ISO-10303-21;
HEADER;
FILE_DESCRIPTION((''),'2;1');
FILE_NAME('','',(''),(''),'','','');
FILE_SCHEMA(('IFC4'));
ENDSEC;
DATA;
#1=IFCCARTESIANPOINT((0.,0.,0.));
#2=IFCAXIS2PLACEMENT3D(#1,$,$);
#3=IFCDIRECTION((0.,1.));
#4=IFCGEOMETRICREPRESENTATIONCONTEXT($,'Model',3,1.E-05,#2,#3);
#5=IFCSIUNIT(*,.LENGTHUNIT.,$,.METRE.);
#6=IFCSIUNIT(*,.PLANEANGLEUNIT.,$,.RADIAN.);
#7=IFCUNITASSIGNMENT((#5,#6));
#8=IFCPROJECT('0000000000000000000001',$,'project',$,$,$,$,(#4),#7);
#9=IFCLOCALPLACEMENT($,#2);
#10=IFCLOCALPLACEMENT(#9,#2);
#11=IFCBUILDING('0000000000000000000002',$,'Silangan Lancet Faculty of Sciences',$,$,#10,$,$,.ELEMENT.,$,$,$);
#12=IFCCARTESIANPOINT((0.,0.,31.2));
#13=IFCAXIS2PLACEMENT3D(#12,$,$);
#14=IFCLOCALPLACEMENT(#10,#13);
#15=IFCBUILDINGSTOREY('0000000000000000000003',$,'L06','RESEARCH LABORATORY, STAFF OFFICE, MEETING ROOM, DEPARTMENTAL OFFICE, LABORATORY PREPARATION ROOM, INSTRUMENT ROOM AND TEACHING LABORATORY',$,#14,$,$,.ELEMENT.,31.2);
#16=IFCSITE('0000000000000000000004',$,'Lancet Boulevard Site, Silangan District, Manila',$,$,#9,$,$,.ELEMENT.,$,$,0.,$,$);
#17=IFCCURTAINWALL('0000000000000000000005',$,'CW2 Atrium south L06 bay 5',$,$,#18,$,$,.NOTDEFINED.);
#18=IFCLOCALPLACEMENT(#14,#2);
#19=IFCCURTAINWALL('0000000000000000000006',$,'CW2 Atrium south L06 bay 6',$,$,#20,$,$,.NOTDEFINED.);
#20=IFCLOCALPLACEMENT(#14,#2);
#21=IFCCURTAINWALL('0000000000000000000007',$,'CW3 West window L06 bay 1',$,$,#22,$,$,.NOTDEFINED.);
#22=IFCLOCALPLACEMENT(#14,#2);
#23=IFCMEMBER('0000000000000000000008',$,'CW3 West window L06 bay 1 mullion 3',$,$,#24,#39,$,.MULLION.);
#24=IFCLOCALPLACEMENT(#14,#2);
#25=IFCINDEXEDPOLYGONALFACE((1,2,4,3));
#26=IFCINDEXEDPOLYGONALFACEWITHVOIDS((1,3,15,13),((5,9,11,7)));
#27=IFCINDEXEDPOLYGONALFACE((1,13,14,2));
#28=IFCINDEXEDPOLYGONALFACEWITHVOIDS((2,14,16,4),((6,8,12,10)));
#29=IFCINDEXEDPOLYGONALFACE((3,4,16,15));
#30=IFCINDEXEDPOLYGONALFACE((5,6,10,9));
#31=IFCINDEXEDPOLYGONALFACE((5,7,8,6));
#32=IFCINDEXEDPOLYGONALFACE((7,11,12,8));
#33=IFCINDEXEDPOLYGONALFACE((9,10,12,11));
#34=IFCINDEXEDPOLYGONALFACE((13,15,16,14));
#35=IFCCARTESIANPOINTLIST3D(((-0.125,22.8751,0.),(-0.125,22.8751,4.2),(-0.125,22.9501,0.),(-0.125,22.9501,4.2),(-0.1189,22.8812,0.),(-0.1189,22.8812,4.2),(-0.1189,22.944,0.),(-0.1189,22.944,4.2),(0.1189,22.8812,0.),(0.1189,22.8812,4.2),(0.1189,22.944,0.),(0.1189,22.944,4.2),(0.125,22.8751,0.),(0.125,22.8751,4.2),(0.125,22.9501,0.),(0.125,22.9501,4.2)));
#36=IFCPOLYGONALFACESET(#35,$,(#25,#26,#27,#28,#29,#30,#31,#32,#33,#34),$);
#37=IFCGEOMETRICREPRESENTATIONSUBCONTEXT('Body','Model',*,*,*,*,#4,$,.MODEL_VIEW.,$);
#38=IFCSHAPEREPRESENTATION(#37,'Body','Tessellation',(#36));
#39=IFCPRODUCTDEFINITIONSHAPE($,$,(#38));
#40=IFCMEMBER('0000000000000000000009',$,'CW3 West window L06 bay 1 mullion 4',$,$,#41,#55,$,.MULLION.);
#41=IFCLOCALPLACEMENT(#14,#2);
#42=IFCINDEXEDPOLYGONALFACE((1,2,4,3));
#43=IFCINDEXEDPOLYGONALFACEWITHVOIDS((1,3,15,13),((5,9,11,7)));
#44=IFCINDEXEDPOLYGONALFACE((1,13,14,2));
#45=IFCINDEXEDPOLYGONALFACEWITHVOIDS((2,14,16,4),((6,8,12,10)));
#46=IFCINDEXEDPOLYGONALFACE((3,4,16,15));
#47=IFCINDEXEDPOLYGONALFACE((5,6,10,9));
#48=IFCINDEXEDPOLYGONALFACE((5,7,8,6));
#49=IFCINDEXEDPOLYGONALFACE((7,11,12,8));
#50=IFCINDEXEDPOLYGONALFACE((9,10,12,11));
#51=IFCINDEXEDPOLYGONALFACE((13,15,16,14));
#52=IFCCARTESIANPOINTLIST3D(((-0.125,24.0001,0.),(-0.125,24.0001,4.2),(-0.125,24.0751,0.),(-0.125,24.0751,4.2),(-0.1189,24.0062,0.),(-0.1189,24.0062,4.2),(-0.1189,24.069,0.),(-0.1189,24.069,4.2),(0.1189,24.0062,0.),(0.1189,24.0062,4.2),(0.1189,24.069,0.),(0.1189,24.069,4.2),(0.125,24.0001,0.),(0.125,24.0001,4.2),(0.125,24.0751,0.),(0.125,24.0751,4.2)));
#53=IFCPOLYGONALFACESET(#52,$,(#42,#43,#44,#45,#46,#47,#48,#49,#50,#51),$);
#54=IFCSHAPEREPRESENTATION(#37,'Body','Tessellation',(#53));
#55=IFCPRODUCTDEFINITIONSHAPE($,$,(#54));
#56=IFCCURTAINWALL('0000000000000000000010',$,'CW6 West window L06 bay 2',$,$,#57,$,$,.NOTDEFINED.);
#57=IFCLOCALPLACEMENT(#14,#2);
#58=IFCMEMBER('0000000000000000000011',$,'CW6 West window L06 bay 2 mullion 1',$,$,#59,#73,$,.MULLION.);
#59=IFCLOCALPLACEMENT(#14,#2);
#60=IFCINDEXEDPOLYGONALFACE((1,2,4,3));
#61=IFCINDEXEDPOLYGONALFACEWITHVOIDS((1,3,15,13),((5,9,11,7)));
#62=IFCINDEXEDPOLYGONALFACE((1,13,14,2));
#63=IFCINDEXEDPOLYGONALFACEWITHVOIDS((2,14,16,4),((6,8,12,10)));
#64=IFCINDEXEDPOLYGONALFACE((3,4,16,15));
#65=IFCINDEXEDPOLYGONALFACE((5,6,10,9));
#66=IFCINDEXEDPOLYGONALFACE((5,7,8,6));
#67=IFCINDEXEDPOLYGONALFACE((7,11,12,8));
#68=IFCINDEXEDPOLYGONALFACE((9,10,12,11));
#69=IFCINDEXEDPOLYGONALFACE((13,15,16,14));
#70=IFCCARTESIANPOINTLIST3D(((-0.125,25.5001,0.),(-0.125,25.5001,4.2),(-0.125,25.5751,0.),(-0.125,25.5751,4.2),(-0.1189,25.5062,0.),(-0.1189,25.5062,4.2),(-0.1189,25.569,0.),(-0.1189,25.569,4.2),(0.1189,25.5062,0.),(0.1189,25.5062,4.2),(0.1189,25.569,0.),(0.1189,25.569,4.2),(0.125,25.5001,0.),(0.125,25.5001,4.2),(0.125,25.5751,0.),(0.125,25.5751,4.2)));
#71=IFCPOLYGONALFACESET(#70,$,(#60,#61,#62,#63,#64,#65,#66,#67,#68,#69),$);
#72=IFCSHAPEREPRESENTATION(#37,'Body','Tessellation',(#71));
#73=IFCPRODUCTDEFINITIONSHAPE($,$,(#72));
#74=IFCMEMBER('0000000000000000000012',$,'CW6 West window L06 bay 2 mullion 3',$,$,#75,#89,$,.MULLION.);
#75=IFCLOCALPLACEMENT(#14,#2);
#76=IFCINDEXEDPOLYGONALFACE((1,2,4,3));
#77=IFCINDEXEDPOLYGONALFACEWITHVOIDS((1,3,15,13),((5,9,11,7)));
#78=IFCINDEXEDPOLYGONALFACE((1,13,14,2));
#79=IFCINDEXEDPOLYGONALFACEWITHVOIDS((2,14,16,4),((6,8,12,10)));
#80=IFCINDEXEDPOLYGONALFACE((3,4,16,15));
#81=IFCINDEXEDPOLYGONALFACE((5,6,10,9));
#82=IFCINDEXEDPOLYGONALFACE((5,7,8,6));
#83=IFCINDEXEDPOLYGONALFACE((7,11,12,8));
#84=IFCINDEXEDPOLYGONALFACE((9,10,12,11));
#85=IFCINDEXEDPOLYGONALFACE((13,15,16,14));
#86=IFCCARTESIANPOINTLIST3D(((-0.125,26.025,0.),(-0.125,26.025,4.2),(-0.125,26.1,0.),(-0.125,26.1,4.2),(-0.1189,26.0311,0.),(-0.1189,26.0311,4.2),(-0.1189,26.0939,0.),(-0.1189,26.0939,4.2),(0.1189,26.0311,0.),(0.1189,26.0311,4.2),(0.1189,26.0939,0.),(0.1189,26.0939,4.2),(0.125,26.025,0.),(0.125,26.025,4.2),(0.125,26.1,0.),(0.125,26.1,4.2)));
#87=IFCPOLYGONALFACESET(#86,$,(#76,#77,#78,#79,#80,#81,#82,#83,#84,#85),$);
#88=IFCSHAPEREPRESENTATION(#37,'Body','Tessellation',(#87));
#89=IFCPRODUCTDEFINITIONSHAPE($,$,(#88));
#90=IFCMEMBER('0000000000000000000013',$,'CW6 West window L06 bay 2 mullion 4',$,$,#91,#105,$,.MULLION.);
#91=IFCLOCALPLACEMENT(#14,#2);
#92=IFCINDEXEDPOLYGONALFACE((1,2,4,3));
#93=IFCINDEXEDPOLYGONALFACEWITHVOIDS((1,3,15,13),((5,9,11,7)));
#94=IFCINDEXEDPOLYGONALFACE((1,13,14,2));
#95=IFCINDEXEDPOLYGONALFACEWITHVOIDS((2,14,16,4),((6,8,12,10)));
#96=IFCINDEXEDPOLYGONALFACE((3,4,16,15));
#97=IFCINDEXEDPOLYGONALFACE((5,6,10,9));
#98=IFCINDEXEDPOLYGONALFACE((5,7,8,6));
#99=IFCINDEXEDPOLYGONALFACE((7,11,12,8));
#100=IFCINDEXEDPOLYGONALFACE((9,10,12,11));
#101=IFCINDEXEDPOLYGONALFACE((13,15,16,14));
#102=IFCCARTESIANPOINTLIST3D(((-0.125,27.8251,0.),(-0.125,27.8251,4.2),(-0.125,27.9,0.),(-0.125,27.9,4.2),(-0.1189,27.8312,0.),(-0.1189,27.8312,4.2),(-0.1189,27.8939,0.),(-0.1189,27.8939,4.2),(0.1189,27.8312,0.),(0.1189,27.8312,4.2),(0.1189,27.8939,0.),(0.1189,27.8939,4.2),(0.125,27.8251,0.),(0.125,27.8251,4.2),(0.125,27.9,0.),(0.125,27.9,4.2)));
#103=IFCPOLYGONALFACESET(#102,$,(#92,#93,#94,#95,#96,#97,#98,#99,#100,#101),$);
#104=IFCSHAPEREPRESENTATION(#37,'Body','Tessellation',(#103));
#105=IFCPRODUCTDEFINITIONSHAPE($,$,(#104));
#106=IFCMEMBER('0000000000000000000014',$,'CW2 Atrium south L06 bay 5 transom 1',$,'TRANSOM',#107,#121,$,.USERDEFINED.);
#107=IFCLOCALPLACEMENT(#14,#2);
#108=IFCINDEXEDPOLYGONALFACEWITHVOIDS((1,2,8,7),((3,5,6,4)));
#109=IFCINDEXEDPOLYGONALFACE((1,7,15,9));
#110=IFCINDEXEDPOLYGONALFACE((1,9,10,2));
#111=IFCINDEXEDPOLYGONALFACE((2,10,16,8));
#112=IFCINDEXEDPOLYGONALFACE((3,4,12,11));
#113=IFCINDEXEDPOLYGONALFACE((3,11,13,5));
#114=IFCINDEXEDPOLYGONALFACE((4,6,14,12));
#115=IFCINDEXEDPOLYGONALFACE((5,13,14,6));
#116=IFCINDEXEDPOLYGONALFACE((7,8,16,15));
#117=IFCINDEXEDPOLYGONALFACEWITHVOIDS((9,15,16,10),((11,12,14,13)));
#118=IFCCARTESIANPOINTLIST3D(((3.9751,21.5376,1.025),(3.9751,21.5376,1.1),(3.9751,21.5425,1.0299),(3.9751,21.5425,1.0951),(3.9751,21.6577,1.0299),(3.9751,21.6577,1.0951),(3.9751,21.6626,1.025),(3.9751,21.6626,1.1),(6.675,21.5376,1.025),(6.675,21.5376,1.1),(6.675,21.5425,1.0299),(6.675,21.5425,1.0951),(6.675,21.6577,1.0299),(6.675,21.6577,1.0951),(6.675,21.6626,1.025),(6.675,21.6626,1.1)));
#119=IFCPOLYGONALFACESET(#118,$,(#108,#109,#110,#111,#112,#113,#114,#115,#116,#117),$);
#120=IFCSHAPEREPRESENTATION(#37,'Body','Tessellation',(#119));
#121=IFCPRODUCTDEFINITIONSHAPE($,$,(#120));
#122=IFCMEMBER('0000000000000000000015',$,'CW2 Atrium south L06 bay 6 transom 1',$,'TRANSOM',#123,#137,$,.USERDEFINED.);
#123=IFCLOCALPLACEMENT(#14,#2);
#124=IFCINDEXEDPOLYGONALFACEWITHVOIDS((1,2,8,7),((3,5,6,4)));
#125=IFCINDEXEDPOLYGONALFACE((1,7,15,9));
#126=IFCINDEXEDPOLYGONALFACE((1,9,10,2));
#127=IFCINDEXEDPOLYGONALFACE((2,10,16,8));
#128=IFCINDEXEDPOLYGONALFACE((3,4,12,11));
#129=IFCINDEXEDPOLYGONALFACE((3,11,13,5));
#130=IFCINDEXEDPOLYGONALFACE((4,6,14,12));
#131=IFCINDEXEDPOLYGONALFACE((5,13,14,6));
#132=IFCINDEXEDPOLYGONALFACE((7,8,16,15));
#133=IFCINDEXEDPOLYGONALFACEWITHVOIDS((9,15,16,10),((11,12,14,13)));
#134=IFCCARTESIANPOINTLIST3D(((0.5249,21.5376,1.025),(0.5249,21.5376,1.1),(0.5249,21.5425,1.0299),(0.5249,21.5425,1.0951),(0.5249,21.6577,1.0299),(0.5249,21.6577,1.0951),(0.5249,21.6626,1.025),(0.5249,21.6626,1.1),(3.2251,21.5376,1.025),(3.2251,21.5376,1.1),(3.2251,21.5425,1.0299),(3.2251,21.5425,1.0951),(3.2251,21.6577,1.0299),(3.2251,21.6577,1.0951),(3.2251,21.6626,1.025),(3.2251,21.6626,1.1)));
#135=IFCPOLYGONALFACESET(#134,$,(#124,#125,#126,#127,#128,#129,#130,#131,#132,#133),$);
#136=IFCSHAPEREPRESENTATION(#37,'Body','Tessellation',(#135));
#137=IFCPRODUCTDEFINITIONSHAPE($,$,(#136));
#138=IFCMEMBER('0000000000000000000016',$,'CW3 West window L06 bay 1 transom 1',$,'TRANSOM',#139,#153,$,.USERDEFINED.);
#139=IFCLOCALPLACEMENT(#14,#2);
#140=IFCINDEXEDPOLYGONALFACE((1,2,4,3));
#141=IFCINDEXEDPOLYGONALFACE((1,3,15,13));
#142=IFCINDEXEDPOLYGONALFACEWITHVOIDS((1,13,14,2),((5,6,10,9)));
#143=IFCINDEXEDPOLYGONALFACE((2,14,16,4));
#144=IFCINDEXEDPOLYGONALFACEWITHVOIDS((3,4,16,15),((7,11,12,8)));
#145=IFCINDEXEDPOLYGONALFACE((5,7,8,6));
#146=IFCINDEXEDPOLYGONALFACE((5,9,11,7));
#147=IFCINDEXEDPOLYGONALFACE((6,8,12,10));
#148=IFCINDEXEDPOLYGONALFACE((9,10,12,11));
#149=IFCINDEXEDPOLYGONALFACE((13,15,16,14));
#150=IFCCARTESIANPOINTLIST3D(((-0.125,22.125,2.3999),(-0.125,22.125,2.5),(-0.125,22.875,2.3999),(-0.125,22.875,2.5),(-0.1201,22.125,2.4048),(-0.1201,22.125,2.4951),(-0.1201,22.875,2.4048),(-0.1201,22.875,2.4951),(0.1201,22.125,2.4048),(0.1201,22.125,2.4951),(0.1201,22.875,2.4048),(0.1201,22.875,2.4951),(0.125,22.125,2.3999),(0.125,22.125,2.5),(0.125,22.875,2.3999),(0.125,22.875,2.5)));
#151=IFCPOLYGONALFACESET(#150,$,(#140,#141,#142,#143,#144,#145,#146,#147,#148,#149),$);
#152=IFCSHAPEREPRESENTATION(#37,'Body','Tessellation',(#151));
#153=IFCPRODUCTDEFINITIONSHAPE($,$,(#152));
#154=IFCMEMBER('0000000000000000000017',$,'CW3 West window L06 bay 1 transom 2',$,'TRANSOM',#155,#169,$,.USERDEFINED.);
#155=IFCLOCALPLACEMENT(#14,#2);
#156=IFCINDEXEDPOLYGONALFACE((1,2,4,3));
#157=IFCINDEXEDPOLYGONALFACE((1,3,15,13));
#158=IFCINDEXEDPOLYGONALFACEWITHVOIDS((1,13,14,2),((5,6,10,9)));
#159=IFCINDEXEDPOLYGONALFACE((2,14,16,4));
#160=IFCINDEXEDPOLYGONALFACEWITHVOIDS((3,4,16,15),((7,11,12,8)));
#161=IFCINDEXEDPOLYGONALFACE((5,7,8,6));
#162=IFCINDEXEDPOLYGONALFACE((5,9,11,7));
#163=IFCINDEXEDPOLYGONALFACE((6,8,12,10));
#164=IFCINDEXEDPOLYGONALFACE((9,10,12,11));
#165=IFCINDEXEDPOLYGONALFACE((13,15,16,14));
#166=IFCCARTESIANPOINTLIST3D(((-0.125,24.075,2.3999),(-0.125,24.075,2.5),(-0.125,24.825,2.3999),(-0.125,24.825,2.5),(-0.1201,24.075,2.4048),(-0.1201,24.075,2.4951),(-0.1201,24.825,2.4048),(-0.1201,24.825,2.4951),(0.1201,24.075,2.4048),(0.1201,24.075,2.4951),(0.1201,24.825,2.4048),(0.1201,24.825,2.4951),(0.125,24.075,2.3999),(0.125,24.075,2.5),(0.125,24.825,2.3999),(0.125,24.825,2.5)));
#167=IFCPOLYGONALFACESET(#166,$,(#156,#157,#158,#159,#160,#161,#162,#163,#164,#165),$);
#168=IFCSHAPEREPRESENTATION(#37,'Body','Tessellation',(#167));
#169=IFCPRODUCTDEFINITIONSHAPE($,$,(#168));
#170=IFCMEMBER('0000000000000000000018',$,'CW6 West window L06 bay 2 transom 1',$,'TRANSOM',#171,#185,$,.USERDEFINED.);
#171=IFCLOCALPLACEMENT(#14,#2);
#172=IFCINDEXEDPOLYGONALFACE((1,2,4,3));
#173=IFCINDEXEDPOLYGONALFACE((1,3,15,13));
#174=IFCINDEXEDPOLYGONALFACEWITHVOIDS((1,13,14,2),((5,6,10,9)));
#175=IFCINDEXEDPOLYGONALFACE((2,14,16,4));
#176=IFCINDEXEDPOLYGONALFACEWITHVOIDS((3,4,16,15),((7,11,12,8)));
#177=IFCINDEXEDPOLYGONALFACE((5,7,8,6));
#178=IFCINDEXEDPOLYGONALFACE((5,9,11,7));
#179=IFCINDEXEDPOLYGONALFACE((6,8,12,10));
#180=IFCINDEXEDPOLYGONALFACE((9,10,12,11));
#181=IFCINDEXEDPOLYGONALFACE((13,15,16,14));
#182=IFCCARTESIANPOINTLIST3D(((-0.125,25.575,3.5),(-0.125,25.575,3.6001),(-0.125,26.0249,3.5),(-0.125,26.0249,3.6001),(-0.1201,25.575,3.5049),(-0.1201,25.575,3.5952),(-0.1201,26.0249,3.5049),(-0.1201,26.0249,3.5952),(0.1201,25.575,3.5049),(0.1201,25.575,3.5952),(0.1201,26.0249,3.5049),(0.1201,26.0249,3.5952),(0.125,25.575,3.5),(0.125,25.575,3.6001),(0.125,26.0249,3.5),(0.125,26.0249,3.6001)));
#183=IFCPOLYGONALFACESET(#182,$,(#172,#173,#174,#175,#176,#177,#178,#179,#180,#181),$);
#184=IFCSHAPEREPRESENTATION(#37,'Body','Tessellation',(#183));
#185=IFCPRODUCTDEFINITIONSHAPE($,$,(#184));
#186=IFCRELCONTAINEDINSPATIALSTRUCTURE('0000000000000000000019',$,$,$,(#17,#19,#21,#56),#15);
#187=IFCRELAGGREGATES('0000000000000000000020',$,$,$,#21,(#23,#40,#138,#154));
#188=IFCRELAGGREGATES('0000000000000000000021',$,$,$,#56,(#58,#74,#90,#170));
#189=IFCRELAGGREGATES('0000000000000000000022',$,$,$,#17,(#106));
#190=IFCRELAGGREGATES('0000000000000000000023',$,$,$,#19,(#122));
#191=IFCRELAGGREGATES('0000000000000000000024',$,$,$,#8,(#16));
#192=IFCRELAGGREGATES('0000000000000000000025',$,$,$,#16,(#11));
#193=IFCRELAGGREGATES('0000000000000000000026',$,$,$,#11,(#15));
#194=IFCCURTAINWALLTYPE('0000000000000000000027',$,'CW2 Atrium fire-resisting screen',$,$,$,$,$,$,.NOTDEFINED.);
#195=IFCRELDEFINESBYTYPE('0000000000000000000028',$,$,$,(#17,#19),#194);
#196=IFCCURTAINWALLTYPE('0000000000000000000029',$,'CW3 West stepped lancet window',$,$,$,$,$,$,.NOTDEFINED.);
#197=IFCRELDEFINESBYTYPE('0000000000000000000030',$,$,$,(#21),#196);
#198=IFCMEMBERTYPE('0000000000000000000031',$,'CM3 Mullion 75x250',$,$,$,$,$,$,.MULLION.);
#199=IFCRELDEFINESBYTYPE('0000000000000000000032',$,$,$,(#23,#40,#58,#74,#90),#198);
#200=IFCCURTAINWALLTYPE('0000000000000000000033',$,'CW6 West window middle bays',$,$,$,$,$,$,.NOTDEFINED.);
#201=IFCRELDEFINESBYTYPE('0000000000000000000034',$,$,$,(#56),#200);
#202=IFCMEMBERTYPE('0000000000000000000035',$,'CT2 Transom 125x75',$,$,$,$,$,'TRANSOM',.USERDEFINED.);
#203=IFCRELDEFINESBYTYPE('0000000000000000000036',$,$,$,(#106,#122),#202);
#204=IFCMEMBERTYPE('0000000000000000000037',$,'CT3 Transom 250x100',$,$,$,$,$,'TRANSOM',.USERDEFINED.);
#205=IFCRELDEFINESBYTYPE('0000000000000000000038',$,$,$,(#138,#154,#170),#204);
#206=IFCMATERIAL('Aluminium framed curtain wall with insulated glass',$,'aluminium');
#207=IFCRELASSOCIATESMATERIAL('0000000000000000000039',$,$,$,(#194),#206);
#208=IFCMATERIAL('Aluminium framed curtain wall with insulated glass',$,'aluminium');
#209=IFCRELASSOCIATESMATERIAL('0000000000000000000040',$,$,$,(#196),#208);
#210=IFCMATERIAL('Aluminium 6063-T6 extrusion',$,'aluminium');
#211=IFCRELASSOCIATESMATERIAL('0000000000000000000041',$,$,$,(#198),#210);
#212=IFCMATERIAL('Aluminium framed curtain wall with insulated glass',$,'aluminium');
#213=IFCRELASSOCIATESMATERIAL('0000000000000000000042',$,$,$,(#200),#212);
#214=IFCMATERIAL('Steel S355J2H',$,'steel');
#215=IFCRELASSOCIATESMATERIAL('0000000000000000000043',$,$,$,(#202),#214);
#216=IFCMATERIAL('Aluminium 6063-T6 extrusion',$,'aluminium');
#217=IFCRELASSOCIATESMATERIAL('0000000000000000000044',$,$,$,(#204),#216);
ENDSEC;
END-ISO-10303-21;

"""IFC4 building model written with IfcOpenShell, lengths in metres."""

from ifc_helpers import new_model, si_unit, direction, frame, origin, origin_2d, place, context, subcontext, project, spatial, hollow_rectangle, extrude, material, material_profile, profile_set, type_object, element, aggregate, save


model = new_model("IFC4")

# Units and contexts
model_context = context("Model", 3, precision=1e-05, world=origin(), true_north=direction((0.0, 1.0)))
body_context = subcontext(model_context, "Body", "Model", "MODEL_VIEW")
ifc_project = project(units=[si_unit("LENGTHUNIT", "METRE"), si_unit("PLANEANGLEUNIT", "RADIAN")], contexts=[model_context])

# Site, building, storey
site_placement = place(None, origin())
site = spatial("IfcSite", under=ifc_project, at=site_placement, Name="Lancet Boulevard Site, Silangan District, Manila", CompositionType="ELEMENT", RefElevation=0.0)
building_placement = place(site_placement, origin())
building = spatial("IfcBuilding", under=site, at=building_placement, Name="Silangan Lancet Faculty of Sciences", CompositionType="ELEMENT")
storey_placement = place(building_placement, frame((0.0, 0.0, 31.2)))
storey = spatial("IfcBuildingStorey", under=building, at=storey_placement, Name="L06", Description="RESEARCH LABORATORY, STAFF OFFICE, MEETING ROOM, DEPARTMENTAL OFFICE, LABORATORY PREPARATION ROOM, INSTRUMENT ROOM AND TEACHING LABORATORY", CompositionType="ELEMENT", Elevation=31.2)

# Curtain walls, members
ifc_material_1 = material(Name="Aluminium framed curtain wall with insulated glass", Category="aluminium")
curtain_wall_type_1 = type_object("IfcCurtainWallType", Name="CW2 Atrium fire-resisting screen", PredefinedType="NOTDEFINED", material=ifc_material_1)
curtain_wall_1_placement = place(storey_placement, origin())
curtain_wall_1 = element("IfcCurtainWall", 1, at=curtain_wall_1_placement, inside=storey, type_object=curtain_wall_type_1, Name="CW2 Atrium south L06 bay 5", PredefinedType="NOTDEFINED")
curtain_wall_2_placement = place(storey_placement, origin())
curtain_wall_2 = element("IfcCurtainWall", 2, at=curtain_wall_2_placement, inside=storey, type_object=curtain_wall_type_1, Name="CW2 Atrium south L06 bay 6", PredefinedType="NOTDEFINED")
ifc_material_2 = material(Name="Aluminium framed curtain wall with insulated glass", Category="aluminium")
curtain_wall_type_2 = type_object("IfcCurtainWallType", Name="CW3 West stepped lancet window", PredefinedType="NOTDEFINED", material=ifc_material_2)
curtain_wall_3_placement = place(storey_placement, origin())
curtain_wall_3 = element("IfcCurtainWall", 3, at=curtain_wall_3_placement, inside=storey, type_object=curtain_wall_type_2, Name="CW3 West window L06 bay 1", PredefinedType="NOTDEFINED")
ifc_material_3 = material(Name="Aluminium 6063-T6 extrusion", Category="aluminium")
ifc_material_profile_1 = material_profile(ifc_material_3, hollow_rectangle(XDim=0.075, YDim=0.25, WallThickness=0.0061, at=origin_2d()), Name="AL BOX 75x250x6")
ifc_profile_set_1 = profile_set([ifc_material_profile_1], Name="Aluminium 6063-T6 extrusion")
member_type_1 = type_object("IfcMemberType", Name="CM3 Mullion 75x250", PredefinedType="MULLION", material=ifc_profile_set_1)
member_1_placement = place(storey_placement, frame((0.0, 22.9126, 0.0), z_axis=(0.0, 0.0, 1.0), x_axis=(0.0, 1.0, 0.0)))
member_1 = element("IfcMember", 4, at=member_1_placement, type_object=member_type_1, Name="CW3 West window L06 bay 1 mullion 3", PredefinedType="MULLION", context=body_context, shape_type="SweptSolid", body=[
    extrude(hollow_rectangle(XDim=0.075, YDim=0.25, WallThickness=0.0061, at=origin_2d()), origin(), (0.0, 0.0, 1.0), 4.2),
])
member_2_placement = place(storey_placement, frame((0.0, 24.0376, 0.0), z_axis=(0.0, 0.0, 1.0), x_axis=(0.0, 1.0, 0.0)))
member_2 = element("IfcMember", 5, at=member_2_placement, type_object=member_type_1, Name="CW3 West window L06 bay 1 mullion 4", PredefinedType="MULLION", context=body_context, shape_type="SweptSolid", body=[
    extrude(hollow_rectangle(XDim=0.075, YDim=0.25, WallThickness=0.0061, at=origin_2d()), origin(), (0.0, 0.0, 1.0), 4.2),
])
ifc_material_4 = material(Name="Aluminium framed curtain wall with insulated glass", Category="aluminium")
curtain_wall_type_3 = type_object("IfcCurtainWallType", Name="CW6 West window middle bays", PredefinedType="NOTDEFINED", material=ifc_material_4)
curtain_wall_4_placement = place(storey_placement, origin())
curtain_wall_4 = element("IfcCurtainWall", 6, at=curtain_wall_4_placement, inside=storey, type_object=curtain_wall_type_3, Name="CW6 West window L06 bay 2", PredefinedType="NOTDEFINED")
member_3_placement = place(storey_placement, frame((0.0, 25.5376, 0.0), z_axis=(0.0, 0.0, 1.0), x_axis=(0.0, 1.0, 0.0)))
member_3 = element("IfcMember", 7, at=member_3_placement, type_object=member_type_1, Name="CW6 West window L06 bay 2 mullion 1", PredefinedType="MULLION", context=body_context, shape_type="SweptSolid", body=[
    extrude(hollow_rectangle(XDim=0.075, YDim=0.25, WallThickness=0.0061, at=origin_2d()), origin(), (0.0, 0.0, 1.0), 4.2),
])
member_4_placement = place(storey_placement, frame((0.0, 26.0625, 0.0), z_axis=(0.0, 0.0, 1.0), x_axis=(0.0, 1.0, 0.0)))
member_4 = element("IfcMember", 8, at=member_4_placement, type_object=member_type_1, Name="CW6 West window L06 bay 2 mullion 3", PredefinedType="MULLION", context=body_context, shape_type="SweptSolid", body=[
    extrude(hollow_rectangle(XDim=0.075, YDim=0.25, WallThickness=0.0061, at=origin_2d()), origin(), (0.0, 0.0, 1.0), 4.2),
])
member_5_placement = place(storey_placement, frame((0.0, 27.8625, 0.0), z_axis=(0.0, 0.0, 1.0), x_axis=(0.0, 1.0, 0.0)))
member_5 = element("IfcMember", 9, at=member_5_placement, type_object=member_type_1, Name="CW6 West window L06 bay 2 mullion 4", PredefinedType="MULLION", context=body_context, shape_type="SweptSolid", body=[
    extrude(hollow_rectangle(XDim=0.075, YDim=0.25, WallThickness=0.0061, at=origin_2d()), origin(), (0.0, 0.0, 1.0), 4.2),
])

# Members
ifc_material_5 = material(Name="Steel S355J2H", Category="steel")
ifc_material_profile_2 = material_profile(ifc_material_5, hollow_rectangle(XDim=0.125, YDim=0.075, WallThickness=0.0049, at=origin_2d()), Name="ST BOX 125x75x5")
ifc_profile_set_2 = profile_set([ifc_material_profile_2], Name="Steel S355J2H")
member_type_2 = type_object("IfcMemberType", Name="CT2 Transom 125x75", ElementType="TRANSOM", PredefinedType="USERDEFINED", material=ifc_profile_set_2)
member_6_placement = place(storey_placement, frame((6.675, 21.6001, 1.0625), z_axis=(-1.0, 0.0, 0.0), x_axis=(0.0, -1.0, 0.0)))
member_6 = element("IfcMember", 10, at=member_6_placement, type_object=member_type_2, Name="CW2 Atrium south L06 bay 5 transom 1", ObjectType="TRANSOM", PredefinedType="USERDEFINED", context=body_context, shape_type="SweptSolid", body=[
    extrude(hollow_rectangle(XDim=0.125, YDim=0.075, WallThickness=0.0049, at=origin_2d()), origin(), (0.0, 0.0, 1.0), 2.7),
])
member_7_placement = place(storey_placement, frame((3.2251, 21.6001, 1.0625), z_axis=(-1.0, 0.0, 0.0), x_axis=(0.0, -1.0, 0.0)))
member_7 = element("IfcMember", 11, at=member_7_placement, type_object=member_type_2, Name="CW2 Atrium south L06 bay 6 transom 1", ObjectType="TRANSOM", PredefinedType="USERDEFINED", context=body_context, shape_type="SweptSolid", body=[
    extrude(hollow_rectangle(XDim=0.125, YDim=0.075, WallThickness=0.0049, at=origin_2d()), origin(), (0.0, 0.0, 1.0), 2.7002),
])
ifc_material_6 = material(Name="Aluminium 6063-T6 extrusion", Category="aluminium")
ifc_material_profile_3 = material_profile(ifc_material_6, hollow_rectangle(XDim=0.25, YDim=0.1001, WallThickness=0.0049, at=origin_2d()), Name="AL BOX 250x100x5")
ifc_profile_set_3 = profile_set([ifc_material_profile_3], Name="Aluminium 6063-T6 extrusion")
member_type_3 = type_object("IfcMemberType", Name="CT3 Transom 250x100", ElementType="TRANSOM", PredefinedType="USERDEFINED", material=ifc_profile_set_3)
member_8_placement = place(storey_placement, frame((0.0, 22.125, 2.45), z_axis=(0.0, 1.0, 0.0), x_axis=(-1.0, 0.0, 0.0)))
member_8 = element("IfcMember", 12, at=member_8_placement, type_object=member_type_3, Name="CW3 West window L06 bay 1 transom 1", ObjectType="TRANSOM", PredefinedType="USERDEFINED", context=body_context, shape_type="SweptSolid", body=[
    extrude(hollow_rectangle(XDim=0.25, YDim=0.1001, WallThickness=0.0049, at=origin_2d()), origin(), (0.0, 0.0, 1.0), 0.75),
])
member_9_placement = place(storey_placement, frame((0.0, 24.075, 2.45), z_axis=(0.0, 1.0, 0.0), x_axis=(-1.0, 0.0, 0.0)))
member_9 = element("IfcMember", 13, at=member_9_placement, type_object=member_type_3, Name="CW3 West window L06 bay 1 transom 2", ObjectType="TRANSOM", PredefinedType="USERDEFINED", context=body_context, shape_type="SweptSolid", body=[
    extrude(hollow_rectangle(XDim=0.25, YDim=0.1001, WallThickness=0.0049, at=origin_2d()), origin(), (0.0, 0.0, 1.0), 0.75),
])
member_10_placement = place(storey_placement, frame((0.0, 25.575, 3.55), z_axis=(0.0, 1.0, 0.0), x_axis=(-1.0, 0.0, 0.0)))
member_10 = element("IfcMember", 14, at=member_10_placement, type_object=member_type_3, Name="CW6 West window L06 bay 2 transom 1", ObjectType="TRANSOM", PredefinedType="USERDEFINED", context=body_context, shape_type="SweptSolid", body=[
    extrude(hollow_rectangle(XDim=0.25, YDim=0.1001, WallThickness=0.0049, at=origin_2d()), origin(), (0.0, 0.0, 1.0), 0.45),
])

aggregate(curtain_wall_3, [member_1, member_2, member_8, member_9])
aggregate(curtain_wall_4, [member_3, member_4, member_5, member_10])
aggregate(curtain_wall_1, [member_6])
aggregate(curtain_wall_2, [member_7])

save(model, "model.ifc")
